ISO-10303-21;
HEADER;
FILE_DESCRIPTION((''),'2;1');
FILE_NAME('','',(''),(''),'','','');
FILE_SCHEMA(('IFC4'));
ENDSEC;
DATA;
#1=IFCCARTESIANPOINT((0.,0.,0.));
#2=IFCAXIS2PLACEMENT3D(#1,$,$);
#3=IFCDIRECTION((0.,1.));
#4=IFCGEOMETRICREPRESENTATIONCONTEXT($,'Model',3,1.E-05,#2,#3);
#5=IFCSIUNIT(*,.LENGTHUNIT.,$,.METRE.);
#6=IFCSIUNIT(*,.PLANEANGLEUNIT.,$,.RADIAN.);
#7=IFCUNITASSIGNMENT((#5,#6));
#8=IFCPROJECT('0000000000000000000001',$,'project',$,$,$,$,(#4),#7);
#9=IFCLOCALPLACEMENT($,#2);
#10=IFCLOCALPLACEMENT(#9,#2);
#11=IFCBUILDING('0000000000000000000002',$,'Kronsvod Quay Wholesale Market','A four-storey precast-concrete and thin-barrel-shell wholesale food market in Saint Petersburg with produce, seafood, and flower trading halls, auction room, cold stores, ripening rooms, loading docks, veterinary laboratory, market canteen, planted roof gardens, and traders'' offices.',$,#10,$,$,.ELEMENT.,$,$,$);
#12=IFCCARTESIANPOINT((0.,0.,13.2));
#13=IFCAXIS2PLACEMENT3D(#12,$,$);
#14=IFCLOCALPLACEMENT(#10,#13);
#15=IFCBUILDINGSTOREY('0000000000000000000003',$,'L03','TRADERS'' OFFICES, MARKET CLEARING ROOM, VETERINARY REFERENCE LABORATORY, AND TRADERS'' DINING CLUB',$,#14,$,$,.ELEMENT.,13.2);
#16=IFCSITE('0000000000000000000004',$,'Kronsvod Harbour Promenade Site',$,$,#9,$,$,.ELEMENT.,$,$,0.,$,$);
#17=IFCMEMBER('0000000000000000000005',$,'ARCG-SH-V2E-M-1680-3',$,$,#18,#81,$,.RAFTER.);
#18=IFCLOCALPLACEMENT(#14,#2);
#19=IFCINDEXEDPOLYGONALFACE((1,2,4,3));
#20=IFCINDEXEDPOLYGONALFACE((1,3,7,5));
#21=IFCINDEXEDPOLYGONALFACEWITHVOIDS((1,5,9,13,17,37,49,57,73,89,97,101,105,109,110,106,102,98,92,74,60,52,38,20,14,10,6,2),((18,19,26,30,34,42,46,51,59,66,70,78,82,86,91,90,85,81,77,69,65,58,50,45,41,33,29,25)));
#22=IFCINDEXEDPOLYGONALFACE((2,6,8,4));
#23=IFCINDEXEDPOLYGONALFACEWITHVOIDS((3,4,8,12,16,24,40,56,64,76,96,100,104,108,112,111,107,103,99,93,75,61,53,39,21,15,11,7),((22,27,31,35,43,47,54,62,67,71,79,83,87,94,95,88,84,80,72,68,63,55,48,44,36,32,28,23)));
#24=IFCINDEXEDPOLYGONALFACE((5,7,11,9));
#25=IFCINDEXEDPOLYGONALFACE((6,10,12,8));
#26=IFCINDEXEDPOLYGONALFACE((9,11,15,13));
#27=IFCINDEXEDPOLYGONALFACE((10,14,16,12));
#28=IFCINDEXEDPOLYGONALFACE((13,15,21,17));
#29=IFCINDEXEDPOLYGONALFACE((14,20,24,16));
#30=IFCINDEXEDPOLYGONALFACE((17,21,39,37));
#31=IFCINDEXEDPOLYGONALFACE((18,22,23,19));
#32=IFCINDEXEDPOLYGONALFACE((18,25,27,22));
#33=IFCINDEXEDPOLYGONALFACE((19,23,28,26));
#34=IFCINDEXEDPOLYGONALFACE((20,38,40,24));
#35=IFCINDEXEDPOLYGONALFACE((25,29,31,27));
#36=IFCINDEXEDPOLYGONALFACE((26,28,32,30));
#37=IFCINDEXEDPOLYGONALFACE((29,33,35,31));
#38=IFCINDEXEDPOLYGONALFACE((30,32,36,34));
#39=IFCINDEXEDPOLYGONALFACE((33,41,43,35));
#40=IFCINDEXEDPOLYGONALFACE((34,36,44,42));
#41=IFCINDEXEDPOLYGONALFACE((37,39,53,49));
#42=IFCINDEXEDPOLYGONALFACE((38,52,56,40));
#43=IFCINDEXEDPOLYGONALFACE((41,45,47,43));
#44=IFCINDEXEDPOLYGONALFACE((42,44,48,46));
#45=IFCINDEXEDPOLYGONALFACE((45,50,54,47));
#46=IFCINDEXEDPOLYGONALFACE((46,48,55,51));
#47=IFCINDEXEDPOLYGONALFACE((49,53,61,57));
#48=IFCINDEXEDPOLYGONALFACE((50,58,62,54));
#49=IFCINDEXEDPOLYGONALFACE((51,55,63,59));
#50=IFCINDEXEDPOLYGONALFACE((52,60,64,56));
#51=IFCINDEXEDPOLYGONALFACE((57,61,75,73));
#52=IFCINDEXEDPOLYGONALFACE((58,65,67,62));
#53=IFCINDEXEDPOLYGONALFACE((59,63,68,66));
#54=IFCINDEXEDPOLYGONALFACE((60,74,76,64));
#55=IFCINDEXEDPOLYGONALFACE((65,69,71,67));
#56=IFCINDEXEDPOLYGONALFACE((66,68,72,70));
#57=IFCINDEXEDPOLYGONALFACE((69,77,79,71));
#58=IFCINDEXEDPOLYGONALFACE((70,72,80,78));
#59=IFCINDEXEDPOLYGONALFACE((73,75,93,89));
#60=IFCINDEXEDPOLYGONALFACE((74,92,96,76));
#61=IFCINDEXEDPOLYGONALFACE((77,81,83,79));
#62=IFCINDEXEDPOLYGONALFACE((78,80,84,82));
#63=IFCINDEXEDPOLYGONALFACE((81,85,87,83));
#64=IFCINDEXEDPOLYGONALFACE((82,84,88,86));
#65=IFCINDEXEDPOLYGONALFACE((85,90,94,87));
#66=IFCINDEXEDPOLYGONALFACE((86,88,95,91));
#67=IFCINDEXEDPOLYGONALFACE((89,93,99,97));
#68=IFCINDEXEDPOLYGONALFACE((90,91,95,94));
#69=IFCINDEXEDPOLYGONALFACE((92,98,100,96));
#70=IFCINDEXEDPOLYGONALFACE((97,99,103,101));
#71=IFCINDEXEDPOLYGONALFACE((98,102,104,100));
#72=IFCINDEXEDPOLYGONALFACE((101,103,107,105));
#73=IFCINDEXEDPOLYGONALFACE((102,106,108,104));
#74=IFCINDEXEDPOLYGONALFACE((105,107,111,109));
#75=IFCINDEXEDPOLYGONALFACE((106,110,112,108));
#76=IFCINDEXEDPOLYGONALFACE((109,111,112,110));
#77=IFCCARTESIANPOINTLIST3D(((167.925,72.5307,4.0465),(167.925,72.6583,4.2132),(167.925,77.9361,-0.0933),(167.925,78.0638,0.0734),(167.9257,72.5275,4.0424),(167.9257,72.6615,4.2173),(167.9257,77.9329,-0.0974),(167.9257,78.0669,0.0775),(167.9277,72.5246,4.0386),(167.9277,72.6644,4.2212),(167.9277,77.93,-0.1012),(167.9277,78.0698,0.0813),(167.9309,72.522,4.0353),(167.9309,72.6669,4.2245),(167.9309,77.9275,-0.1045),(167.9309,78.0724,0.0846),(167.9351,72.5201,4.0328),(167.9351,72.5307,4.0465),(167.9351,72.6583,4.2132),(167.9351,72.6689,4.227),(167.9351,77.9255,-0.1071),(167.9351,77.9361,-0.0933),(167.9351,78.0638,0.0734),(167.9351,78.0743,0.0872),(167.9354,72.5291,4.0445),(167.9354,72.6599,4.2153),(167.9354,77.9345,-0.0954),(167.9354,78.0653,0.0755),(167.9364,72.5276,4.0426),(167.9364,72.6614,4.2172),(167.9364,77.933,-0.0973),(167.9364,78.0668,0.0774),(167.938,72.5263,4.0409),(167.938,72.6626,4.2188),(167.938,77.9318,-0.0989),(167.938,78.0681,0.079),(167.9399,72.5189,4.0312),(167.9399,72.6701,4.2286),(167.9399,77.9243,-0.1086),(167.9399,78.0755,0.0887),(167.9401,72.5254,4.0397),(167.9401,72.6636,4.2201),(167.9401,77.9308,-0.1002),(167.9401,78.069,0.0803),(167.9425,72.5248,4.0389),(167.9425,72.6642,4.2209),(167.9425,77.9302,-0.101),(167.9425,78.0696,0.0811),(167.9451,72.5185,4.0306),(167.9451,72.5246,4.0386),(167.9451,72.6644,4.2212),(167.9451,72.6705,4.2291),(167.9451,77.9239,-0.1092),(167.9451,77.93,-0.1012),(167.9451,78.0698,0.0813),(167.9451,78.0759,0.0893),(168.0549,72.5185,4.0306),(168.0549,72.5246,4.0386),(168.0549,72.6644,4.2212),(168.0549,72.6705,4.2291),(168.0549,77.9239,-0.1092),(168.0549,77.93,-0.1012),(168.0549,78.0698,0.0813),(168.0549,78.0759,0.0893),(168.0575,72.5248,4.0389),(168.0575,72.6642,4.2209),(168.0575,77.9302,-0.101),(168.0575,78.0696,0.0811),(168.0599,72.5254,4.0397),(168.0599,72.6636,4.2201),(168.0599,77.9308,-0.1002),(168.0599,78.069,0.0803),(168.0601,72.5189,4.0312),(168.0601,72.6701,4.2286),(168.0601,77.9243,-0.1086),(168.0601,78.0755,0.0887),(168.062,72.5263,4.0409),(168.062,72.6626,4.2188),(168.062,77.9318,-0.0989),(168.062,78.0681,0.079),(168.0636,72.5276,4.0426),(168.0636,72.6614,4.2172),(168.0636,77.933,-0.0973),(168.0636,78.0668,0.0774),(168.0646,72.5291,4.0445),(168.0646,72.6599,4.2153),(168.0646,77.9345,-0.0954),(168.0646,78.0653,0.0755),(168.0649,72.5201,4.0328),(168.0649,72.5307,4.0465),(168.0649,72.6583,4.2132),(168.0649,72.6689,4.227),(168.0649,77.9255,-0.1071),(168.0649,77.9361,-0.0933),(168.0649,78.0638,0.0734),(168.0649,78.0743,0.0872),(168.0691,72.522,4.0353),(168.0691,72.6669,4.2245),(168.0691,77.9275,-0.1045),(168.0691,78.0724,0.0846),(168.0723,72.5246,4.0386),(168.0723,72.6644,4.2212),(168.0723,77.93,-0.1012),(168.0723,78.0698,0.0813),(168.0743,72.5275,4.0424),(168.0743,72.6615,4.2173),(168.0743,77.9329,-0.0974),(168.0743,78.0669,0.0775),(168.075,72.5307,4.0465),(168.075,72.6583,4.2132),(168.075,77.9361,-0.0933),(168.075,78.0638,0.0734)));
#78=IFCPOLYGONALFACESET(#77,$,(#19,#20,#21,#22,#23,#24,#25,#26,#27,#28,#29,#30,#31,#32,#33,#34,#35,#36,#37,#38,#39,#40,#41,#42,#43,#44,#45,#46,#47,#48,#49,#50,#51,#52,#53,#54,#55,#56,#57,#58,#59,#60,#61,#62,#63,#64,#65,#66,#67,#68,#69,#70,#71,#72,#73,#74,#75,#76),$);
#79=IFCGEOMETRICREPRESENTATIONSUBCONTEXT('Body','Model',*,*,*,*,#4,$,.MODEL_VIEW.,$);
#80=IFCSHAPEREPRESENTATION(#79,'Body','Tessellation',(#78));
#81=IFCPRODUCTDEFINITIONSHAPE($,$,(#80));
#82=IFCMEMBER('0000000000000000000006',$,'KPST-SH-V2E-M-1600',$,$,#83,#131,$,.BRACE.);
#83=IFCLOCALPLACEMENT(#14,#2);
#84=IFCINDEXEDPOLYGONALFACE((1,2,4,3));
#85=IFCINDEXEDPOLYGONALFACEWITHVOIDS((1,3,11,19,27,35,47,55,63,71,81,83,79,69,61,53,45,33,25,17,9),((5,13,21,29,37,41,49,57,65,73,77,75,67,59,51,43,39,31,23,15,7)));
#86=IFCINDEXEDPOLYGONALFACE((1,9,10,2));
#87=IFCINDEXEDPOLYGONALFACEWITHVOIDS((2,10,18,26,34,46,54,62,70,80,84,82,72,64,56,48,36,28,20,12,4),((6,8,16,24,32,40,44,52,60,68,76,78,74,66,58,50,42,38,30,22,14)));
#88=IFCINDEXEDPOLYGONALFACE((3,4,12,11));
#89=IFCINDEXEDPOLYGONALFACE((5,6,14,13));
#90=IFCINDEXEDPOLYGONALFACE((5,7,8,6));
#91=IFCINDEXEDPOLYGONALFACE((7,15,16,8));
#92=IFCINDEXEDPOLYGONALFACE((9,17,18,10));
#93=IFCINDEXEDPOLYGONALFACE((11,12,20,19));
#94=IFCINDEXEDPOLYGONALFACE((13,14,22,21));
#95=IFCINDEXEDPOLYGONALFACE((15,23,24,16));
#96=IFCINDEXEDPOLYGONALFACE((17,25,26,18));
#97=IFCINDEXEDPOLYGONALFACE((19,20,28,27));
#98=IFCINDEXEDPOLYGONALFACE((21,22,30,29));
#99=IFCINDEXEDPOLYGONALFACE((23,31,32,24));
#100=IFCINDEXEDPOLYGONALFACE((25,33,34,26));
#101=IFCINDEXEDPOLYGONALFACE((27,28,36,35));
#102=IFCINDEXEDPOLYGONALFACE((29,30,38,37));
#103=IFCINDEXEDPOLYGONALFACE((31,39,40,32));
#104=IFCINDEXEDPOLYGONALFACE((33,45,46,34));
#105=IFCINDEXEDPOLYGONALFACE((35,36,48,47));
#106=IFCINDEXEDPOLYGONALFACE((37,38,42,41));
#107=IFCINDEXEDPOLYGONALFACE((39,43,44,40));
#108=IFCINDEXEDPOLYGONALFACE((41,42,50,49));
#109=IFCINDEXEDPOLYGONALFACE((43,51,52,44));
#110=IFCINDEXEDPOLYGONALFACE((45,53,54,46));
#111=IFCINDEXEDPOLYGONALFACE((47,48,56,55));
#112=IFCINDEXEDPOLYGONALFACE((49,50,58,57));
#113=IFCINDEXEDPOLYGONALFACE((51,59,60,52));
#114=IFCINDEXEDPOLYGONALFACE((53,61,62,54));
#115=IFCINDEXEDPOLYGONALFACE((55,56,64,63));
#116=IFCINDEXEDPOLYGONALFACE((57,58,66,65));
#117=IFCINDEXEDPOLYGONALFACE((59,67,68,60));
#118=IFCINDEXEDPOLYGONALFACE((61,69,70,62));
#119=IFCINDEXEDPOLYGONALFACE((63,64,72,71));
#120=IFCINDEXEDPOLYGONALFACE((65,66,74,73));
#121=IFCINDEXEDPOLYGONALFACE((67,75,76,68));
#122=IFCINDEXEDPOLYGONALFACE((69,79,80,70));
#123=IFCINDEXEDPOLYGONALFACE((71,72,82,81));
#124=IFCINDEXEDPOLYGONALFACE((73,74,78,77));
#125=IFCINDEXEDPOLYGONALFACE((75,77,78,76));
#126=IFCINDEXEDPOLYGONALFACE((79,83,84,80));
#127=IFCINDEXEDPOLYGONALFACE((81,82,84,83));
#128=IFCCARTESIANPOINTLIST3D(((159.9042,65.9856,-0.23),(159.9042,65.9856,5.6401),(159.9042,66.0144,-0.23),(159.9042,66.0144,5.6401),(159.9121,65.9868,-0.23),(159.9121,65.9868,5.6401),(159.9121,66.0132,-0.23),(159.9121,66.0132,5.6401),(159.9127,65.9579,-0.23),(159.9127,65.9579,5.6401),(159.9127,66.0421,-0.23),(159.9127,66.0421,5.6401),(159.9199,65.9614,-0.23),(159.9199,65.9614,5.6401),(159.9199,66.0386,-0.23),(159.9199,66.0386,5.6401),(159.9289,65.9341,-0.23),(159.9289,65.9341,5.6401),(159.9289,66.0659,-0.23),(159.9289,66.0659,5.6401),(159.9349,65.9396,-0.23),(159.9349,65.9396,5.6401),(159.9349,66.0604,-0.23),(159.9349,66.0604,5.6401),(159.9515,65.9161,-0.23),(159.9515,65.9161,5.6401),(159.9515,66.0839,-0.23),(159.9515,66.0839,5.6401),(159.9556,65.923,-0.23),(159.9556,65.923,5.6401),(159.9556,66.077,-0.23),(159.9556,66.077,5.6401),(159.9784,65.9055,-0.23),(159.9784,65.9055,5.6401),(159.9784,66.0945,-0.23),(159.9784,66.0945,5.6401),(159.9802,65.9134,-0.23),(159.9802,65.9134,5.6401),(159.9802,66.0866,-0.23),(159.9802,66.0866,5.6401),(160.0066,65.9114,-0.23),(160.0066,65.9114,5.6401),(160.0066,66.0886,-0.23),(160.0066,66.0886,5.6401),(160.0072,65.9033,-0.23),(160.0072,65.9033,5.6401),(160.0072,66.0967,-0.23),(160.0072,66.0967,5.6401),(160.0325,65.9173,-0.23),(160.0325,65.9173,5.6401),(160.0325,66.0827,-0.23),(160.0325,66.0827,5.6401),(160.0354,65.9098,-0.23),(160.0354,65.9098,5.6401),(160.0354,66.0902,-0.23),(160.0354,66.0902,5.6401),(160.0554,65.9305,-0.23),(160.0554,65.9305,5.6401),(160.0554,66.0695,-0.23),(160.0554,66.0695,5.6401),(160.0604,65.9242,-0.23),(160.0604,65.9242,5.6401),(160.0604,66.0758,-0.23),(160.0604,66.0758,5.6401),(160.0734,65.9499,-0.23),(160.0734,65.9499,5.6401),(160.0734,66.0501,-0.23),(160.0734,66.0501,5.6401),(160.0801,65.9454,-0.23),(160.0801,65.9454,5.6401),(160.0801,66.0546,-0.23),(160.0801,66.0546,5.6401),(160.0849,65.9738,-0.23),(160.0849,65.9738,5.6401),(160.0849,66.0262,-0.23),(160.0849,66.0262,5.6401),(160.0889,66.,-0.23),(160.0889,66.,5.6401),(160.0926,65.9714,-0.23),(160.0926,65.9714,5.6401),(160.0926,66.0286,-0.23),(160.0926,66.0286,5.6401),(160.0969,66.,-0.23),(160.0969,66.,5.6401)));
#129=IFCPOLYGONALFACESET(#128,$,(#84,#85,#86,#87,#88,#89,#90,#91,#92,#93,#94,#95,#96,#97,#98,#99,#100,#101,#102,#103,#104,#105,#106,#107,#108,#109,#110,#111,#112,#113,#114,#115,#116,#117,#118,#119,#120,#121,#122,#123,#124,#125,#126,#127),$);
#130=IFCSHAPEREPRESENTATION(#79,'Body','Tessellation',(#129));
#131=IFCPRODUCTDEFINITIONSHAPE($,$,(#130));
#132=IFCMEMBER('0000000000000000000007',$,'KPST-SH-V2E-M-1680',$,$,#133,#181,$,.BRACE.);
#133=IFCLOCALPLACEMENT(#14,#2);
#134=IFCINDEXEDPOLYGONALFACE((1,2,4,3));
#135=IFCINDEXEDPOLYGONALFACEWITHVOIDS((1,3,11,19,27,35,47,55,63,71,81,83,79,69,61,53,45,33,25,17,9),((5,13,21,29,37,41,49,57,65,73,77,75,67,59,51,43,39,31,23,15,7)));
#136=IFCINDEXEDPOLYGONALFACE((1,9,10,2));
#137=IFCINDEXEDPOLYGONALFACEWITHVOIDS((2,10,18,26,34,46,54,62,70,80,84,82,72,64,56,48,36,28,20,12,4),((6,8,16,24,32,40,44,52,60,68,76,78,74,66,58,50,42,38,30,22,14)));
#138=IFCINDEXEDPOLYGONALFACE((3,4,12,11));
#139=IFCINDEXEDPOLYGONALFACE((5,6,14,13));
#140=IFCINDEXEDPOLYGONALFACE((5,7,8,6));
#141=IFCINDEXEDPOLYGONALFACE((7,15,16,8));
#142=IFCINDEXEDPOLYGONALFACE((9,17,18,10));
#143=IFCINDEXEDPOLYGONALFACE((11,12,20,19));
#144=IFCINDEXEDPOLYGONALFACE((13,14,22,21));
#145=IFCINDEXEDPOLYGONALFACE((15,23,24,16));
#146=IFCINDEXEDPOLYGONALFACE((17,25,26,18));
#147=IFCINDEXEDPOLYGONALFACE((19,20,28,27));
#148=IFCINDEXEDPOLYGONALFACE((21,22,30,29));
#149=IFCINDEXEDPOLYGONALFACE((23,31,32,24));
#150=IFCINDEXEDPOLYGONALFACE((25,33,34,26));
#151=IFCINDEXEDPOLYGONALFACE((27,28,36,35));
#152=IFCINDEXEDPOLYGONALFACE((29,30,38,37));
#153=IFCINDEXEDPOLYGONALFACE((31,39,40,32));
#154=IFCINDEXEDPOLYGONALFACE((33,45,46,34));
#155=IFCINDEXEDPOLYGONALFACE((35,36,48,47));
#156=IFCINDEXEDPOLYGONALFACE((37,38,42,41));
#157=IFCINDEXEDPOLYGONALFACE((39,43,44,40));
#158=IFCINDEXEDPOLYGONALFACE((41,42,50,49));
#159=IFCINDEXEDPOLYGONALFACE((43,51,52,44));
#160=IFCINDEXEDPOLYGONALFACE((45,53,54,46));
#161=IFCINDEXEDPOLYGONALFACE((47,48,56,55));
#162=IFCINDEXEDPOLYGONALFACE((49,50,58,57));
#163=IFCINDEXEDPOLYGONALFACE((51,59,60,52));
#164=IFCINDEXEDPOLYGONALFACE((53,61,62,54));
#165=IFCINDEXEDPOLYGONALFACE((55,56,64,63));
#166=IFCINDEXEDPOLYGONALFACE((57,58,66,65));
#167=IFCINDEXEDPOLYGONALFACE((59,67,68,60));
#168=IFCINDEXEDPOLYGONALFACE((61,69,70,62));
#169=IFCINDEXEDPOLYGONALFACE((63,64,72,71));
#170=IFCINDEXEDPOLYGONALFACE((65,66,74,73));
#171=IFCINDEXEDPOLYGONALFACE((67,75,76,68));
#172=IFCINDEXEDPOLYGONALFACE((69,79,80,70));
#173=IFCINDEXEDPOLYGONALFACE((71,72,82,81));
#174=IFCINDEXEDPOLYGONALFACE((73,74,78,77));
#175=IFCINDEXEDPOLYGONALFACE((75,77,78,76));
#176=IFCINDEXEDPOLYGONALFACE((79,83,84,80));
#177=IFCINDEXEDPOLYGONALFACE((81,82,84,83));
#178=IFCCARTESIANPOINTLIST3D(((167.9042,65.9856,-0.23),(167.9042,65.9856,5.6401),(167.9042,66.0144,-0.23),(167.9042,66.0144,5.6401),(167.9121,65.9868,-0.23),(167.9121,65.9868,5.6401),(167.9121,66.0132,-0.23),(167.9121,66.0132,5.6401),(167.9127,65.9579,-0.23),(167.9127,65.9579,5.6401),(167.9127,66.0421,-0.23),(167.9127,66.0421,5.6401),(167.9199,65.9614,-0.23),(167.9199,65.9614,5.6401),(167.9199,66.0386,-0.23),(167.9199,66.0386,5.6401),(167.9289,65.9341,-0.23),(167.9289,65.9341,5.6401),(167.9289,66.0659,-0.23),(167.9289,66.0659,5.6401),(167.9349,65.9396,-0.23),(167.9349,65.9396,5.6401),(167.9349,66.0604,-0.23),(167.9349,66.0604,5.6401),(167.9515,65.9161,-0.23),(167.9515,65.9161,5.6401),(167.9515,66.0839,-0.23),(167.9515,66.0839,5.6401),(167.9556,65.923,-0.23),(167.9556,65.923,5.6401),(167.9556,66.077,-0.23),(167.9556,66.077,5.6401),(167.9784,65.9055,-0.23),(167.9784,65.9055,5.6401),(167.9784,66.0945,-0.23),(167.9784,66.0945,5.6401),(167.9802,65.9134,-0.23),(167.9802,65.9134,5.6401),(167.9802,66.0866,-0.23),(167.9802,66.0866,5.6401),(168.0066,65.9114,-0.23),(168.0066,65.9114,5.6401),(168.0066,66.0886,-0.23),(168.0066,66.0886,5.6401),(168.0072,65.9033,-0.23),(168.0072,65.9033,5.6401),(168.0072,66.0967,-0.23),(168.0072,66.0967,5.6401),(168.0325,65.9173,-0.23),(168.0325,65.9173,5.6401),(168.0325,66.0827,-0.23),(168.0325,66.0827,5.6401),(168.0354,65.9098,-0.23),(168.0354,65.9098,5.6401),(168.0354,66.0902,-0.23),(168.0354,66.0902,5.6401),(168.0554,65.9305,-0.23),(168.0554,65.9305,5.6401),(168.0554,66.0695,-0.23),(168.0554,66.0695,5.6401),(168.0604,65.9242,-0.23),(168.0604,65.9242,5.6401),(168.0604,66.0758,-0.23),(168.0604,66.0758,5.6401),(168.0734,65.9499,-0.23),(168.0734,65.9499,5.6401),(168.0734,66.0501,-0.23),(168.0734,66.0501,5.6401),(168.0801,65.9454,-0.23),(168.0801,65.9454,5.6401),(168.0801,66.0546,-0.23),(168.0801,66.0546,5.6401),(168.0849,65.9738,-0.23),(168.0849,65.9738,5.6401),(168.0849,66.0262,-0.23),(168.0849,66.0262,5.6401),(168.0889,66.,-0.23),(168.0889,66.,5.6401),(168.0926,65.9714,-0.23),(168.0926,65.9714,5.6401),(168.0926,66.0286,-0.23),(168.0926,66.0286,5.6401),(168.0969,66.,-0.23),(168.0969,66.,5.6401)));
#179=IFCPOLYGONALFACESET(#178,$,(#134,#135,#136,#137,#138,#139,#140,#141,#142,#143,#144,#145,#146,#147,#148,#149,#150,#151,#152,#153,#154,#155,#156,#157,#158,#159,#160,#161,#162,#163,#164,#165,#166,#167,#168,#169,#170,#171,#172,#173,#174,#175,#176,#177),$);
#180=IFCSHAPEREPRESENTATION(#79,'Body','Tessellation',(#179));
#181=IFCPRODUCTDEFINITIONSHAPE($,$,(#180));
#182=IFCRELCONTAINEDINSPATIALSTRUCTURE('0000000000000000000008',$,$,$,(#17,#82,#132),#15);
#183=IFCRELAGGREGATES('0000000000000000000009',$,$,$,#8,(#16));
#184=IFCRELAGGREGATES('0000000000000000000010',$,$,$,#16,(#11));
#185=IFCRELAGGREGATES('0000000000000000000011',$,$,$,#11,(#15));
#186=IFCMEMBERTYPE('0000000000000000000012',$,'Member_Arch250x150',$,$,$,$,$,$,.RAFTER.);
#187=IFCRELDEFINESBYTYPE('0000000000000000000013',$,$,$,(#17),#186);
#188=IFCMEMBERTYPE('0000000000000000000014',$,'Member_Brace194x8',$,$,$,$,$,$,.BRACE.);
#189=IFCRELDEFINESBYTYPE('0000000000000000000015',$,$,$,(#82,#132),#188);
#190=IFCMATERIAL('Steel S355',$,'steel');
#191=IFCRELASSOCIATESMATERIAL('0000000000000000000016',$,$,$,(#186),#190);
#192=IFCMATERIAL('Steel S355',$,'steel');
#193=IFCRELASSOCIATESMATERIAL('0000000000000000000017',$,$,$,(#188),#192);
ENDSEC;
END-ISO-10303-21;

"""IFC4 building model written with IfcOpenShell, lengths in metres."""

from ifc_helpers import new_model, si_unit, direction, frame, origin, origin_2d, place, context, subcontext, project, spatial, hollow_rectangle, hollow_circle, extrude, material, material_profile, profile_set, type_object, element, save


model = new_model("IFC4")

# Units and contexts
model_context = context("Model", 3, precision=1e-05, world=origin(), true_north=direction((0.0, 1.0)))
body_context = subcontext(model_context, "Body", "Model", "MODEL_VIEW")
ifc_project = project(units=[si_unit("LENGTHUNIT", "METRE"), si_unit("PLANEANGLEUNIT", "RADIAN")], contexts=[model_context])

# Site, building, storey
site_placement = place(None, origin())
site = spatial("IfcSite", under=ifc_project, at=site_placement, Name="Kronsvod Harbour Promenade Site", CompositionType="ELEMENT", RefElevation=0.0)
building_placement = place(site_placement, origin())
building = spatial("IfcBuilding", under=site, at=building_placement, Name="Kronsvod Quay Wholesale Market", Description="A four-storey precast-concrete and thin-barrel-shell wholesale food market in Saint Petersburg with produce, seafood, and flower trading halls, auction room, cold stores, ripening rooms, loading docks, veterinary laboratory, market canteen, planted roof gardens, and traders' offices.", CompositionType="ELEMENT")
storey_placement = place(building_placement, frame((0.0, 0.0, 13.2)))
storey = spatial("IfcBuildingStorey", under=building, at=storey_placement, Name="L03", Description="TRADERS' OFFICES, MARKET CLEARING ROOM, VETERINARY REFERENCE LABORATORY, AND TRADERS' DINING CLUB", CompositionType="ELEMENT", Elevation=13.2)

# Members
ifc_material_1 = material(Name="Steel S355", Category="steel")
ifc_material_profile_1 = material_profile(ifc_material_1, hollow_rectangle(XDim=0.1499, YDim=0.25, WallThickness=0.01, InnerFilletRadius=0.01, OuterFilletRadius=0.02, at=origin_2d()), Name="RHS250x150x10")
ifc_profile_set_1 = profile_set([ifc_material_profile_1], Name="Steel S355")
member_type_1 = type_object("IfcMemberType", Name="Member_Arch250x150", PredefinedType="RAFTER", material=ifc_profile_set_1)
member_1_placement = place(storey_placement, frame((168.0, 72.5945, 4.1299), z_axis=(0.0, 0.793914, -0.60803), x_axis=(-1.0, 0.0, 0.0)))
element("IfcMember", 1, at=member_1_placement, inside=storey, type_object=member_type_1, Name="ARCG-SH-V2E-M-1680-3", PredefinedType="RAFTER", context=body_context, shape_type="SweptSolid", body=[
    extrude(hollow_rectangle(XDim=0.1499, YDim=0.25, WallThickness=0.01, InnerFilletRadius=0.01, OuterFilletRadius=0.02, at=origin_2d()), origin(), (0.0, 0.0, 1.0), 6.8086),
])
ifc_material_2 = material(Name="Steel S355", Category="steel")
ifc_material_profile_2 = material_profile(ifc_material_2, hollow_circle(Radius=0.0969, WallThickness=0.0081, at=origin_2d()), Name="CHS194x8")
ifc_profile_set_2 = profile_set([ifc_material_profile_2], Name="Steel S355")
member_type_2 = type_object("IfcMemberType", Name="Member_Brace194x8", PredefinedType="BRACE", material=ifc_profile_set_2)
for number, where, z_axis, x_axis, name in (
    (2, (160.0, 66.0, -0.23), (0.0, 0.0, 1.0), (1.0, 0.0, 0.0), "KPST-SH-V2E-M-1600"),
    (3, (168.0, 66.0, -0.23), (0.0, 0.0, 1.0), (1.0, 0.0, 0.0), "KPST-SH-V2E-M-1680"),
):
    element("IfcMember", number, at=place(storey_placement, frame(where, z_axis=z_axis, x_axis=x_axis)), inside=storey, type_object=member_type_2, Name=name, PredefinedType="BRACE", context=body_context, shape_type="SweptSolid", body=[
        extrude(hollow_circle(Radius=0.0969, WallThickness=0.0081, at=origin_2d()), origin(), (0.0, 0.0, 1.0), 5.8701),
    ])

save(model, "model.ifc")
